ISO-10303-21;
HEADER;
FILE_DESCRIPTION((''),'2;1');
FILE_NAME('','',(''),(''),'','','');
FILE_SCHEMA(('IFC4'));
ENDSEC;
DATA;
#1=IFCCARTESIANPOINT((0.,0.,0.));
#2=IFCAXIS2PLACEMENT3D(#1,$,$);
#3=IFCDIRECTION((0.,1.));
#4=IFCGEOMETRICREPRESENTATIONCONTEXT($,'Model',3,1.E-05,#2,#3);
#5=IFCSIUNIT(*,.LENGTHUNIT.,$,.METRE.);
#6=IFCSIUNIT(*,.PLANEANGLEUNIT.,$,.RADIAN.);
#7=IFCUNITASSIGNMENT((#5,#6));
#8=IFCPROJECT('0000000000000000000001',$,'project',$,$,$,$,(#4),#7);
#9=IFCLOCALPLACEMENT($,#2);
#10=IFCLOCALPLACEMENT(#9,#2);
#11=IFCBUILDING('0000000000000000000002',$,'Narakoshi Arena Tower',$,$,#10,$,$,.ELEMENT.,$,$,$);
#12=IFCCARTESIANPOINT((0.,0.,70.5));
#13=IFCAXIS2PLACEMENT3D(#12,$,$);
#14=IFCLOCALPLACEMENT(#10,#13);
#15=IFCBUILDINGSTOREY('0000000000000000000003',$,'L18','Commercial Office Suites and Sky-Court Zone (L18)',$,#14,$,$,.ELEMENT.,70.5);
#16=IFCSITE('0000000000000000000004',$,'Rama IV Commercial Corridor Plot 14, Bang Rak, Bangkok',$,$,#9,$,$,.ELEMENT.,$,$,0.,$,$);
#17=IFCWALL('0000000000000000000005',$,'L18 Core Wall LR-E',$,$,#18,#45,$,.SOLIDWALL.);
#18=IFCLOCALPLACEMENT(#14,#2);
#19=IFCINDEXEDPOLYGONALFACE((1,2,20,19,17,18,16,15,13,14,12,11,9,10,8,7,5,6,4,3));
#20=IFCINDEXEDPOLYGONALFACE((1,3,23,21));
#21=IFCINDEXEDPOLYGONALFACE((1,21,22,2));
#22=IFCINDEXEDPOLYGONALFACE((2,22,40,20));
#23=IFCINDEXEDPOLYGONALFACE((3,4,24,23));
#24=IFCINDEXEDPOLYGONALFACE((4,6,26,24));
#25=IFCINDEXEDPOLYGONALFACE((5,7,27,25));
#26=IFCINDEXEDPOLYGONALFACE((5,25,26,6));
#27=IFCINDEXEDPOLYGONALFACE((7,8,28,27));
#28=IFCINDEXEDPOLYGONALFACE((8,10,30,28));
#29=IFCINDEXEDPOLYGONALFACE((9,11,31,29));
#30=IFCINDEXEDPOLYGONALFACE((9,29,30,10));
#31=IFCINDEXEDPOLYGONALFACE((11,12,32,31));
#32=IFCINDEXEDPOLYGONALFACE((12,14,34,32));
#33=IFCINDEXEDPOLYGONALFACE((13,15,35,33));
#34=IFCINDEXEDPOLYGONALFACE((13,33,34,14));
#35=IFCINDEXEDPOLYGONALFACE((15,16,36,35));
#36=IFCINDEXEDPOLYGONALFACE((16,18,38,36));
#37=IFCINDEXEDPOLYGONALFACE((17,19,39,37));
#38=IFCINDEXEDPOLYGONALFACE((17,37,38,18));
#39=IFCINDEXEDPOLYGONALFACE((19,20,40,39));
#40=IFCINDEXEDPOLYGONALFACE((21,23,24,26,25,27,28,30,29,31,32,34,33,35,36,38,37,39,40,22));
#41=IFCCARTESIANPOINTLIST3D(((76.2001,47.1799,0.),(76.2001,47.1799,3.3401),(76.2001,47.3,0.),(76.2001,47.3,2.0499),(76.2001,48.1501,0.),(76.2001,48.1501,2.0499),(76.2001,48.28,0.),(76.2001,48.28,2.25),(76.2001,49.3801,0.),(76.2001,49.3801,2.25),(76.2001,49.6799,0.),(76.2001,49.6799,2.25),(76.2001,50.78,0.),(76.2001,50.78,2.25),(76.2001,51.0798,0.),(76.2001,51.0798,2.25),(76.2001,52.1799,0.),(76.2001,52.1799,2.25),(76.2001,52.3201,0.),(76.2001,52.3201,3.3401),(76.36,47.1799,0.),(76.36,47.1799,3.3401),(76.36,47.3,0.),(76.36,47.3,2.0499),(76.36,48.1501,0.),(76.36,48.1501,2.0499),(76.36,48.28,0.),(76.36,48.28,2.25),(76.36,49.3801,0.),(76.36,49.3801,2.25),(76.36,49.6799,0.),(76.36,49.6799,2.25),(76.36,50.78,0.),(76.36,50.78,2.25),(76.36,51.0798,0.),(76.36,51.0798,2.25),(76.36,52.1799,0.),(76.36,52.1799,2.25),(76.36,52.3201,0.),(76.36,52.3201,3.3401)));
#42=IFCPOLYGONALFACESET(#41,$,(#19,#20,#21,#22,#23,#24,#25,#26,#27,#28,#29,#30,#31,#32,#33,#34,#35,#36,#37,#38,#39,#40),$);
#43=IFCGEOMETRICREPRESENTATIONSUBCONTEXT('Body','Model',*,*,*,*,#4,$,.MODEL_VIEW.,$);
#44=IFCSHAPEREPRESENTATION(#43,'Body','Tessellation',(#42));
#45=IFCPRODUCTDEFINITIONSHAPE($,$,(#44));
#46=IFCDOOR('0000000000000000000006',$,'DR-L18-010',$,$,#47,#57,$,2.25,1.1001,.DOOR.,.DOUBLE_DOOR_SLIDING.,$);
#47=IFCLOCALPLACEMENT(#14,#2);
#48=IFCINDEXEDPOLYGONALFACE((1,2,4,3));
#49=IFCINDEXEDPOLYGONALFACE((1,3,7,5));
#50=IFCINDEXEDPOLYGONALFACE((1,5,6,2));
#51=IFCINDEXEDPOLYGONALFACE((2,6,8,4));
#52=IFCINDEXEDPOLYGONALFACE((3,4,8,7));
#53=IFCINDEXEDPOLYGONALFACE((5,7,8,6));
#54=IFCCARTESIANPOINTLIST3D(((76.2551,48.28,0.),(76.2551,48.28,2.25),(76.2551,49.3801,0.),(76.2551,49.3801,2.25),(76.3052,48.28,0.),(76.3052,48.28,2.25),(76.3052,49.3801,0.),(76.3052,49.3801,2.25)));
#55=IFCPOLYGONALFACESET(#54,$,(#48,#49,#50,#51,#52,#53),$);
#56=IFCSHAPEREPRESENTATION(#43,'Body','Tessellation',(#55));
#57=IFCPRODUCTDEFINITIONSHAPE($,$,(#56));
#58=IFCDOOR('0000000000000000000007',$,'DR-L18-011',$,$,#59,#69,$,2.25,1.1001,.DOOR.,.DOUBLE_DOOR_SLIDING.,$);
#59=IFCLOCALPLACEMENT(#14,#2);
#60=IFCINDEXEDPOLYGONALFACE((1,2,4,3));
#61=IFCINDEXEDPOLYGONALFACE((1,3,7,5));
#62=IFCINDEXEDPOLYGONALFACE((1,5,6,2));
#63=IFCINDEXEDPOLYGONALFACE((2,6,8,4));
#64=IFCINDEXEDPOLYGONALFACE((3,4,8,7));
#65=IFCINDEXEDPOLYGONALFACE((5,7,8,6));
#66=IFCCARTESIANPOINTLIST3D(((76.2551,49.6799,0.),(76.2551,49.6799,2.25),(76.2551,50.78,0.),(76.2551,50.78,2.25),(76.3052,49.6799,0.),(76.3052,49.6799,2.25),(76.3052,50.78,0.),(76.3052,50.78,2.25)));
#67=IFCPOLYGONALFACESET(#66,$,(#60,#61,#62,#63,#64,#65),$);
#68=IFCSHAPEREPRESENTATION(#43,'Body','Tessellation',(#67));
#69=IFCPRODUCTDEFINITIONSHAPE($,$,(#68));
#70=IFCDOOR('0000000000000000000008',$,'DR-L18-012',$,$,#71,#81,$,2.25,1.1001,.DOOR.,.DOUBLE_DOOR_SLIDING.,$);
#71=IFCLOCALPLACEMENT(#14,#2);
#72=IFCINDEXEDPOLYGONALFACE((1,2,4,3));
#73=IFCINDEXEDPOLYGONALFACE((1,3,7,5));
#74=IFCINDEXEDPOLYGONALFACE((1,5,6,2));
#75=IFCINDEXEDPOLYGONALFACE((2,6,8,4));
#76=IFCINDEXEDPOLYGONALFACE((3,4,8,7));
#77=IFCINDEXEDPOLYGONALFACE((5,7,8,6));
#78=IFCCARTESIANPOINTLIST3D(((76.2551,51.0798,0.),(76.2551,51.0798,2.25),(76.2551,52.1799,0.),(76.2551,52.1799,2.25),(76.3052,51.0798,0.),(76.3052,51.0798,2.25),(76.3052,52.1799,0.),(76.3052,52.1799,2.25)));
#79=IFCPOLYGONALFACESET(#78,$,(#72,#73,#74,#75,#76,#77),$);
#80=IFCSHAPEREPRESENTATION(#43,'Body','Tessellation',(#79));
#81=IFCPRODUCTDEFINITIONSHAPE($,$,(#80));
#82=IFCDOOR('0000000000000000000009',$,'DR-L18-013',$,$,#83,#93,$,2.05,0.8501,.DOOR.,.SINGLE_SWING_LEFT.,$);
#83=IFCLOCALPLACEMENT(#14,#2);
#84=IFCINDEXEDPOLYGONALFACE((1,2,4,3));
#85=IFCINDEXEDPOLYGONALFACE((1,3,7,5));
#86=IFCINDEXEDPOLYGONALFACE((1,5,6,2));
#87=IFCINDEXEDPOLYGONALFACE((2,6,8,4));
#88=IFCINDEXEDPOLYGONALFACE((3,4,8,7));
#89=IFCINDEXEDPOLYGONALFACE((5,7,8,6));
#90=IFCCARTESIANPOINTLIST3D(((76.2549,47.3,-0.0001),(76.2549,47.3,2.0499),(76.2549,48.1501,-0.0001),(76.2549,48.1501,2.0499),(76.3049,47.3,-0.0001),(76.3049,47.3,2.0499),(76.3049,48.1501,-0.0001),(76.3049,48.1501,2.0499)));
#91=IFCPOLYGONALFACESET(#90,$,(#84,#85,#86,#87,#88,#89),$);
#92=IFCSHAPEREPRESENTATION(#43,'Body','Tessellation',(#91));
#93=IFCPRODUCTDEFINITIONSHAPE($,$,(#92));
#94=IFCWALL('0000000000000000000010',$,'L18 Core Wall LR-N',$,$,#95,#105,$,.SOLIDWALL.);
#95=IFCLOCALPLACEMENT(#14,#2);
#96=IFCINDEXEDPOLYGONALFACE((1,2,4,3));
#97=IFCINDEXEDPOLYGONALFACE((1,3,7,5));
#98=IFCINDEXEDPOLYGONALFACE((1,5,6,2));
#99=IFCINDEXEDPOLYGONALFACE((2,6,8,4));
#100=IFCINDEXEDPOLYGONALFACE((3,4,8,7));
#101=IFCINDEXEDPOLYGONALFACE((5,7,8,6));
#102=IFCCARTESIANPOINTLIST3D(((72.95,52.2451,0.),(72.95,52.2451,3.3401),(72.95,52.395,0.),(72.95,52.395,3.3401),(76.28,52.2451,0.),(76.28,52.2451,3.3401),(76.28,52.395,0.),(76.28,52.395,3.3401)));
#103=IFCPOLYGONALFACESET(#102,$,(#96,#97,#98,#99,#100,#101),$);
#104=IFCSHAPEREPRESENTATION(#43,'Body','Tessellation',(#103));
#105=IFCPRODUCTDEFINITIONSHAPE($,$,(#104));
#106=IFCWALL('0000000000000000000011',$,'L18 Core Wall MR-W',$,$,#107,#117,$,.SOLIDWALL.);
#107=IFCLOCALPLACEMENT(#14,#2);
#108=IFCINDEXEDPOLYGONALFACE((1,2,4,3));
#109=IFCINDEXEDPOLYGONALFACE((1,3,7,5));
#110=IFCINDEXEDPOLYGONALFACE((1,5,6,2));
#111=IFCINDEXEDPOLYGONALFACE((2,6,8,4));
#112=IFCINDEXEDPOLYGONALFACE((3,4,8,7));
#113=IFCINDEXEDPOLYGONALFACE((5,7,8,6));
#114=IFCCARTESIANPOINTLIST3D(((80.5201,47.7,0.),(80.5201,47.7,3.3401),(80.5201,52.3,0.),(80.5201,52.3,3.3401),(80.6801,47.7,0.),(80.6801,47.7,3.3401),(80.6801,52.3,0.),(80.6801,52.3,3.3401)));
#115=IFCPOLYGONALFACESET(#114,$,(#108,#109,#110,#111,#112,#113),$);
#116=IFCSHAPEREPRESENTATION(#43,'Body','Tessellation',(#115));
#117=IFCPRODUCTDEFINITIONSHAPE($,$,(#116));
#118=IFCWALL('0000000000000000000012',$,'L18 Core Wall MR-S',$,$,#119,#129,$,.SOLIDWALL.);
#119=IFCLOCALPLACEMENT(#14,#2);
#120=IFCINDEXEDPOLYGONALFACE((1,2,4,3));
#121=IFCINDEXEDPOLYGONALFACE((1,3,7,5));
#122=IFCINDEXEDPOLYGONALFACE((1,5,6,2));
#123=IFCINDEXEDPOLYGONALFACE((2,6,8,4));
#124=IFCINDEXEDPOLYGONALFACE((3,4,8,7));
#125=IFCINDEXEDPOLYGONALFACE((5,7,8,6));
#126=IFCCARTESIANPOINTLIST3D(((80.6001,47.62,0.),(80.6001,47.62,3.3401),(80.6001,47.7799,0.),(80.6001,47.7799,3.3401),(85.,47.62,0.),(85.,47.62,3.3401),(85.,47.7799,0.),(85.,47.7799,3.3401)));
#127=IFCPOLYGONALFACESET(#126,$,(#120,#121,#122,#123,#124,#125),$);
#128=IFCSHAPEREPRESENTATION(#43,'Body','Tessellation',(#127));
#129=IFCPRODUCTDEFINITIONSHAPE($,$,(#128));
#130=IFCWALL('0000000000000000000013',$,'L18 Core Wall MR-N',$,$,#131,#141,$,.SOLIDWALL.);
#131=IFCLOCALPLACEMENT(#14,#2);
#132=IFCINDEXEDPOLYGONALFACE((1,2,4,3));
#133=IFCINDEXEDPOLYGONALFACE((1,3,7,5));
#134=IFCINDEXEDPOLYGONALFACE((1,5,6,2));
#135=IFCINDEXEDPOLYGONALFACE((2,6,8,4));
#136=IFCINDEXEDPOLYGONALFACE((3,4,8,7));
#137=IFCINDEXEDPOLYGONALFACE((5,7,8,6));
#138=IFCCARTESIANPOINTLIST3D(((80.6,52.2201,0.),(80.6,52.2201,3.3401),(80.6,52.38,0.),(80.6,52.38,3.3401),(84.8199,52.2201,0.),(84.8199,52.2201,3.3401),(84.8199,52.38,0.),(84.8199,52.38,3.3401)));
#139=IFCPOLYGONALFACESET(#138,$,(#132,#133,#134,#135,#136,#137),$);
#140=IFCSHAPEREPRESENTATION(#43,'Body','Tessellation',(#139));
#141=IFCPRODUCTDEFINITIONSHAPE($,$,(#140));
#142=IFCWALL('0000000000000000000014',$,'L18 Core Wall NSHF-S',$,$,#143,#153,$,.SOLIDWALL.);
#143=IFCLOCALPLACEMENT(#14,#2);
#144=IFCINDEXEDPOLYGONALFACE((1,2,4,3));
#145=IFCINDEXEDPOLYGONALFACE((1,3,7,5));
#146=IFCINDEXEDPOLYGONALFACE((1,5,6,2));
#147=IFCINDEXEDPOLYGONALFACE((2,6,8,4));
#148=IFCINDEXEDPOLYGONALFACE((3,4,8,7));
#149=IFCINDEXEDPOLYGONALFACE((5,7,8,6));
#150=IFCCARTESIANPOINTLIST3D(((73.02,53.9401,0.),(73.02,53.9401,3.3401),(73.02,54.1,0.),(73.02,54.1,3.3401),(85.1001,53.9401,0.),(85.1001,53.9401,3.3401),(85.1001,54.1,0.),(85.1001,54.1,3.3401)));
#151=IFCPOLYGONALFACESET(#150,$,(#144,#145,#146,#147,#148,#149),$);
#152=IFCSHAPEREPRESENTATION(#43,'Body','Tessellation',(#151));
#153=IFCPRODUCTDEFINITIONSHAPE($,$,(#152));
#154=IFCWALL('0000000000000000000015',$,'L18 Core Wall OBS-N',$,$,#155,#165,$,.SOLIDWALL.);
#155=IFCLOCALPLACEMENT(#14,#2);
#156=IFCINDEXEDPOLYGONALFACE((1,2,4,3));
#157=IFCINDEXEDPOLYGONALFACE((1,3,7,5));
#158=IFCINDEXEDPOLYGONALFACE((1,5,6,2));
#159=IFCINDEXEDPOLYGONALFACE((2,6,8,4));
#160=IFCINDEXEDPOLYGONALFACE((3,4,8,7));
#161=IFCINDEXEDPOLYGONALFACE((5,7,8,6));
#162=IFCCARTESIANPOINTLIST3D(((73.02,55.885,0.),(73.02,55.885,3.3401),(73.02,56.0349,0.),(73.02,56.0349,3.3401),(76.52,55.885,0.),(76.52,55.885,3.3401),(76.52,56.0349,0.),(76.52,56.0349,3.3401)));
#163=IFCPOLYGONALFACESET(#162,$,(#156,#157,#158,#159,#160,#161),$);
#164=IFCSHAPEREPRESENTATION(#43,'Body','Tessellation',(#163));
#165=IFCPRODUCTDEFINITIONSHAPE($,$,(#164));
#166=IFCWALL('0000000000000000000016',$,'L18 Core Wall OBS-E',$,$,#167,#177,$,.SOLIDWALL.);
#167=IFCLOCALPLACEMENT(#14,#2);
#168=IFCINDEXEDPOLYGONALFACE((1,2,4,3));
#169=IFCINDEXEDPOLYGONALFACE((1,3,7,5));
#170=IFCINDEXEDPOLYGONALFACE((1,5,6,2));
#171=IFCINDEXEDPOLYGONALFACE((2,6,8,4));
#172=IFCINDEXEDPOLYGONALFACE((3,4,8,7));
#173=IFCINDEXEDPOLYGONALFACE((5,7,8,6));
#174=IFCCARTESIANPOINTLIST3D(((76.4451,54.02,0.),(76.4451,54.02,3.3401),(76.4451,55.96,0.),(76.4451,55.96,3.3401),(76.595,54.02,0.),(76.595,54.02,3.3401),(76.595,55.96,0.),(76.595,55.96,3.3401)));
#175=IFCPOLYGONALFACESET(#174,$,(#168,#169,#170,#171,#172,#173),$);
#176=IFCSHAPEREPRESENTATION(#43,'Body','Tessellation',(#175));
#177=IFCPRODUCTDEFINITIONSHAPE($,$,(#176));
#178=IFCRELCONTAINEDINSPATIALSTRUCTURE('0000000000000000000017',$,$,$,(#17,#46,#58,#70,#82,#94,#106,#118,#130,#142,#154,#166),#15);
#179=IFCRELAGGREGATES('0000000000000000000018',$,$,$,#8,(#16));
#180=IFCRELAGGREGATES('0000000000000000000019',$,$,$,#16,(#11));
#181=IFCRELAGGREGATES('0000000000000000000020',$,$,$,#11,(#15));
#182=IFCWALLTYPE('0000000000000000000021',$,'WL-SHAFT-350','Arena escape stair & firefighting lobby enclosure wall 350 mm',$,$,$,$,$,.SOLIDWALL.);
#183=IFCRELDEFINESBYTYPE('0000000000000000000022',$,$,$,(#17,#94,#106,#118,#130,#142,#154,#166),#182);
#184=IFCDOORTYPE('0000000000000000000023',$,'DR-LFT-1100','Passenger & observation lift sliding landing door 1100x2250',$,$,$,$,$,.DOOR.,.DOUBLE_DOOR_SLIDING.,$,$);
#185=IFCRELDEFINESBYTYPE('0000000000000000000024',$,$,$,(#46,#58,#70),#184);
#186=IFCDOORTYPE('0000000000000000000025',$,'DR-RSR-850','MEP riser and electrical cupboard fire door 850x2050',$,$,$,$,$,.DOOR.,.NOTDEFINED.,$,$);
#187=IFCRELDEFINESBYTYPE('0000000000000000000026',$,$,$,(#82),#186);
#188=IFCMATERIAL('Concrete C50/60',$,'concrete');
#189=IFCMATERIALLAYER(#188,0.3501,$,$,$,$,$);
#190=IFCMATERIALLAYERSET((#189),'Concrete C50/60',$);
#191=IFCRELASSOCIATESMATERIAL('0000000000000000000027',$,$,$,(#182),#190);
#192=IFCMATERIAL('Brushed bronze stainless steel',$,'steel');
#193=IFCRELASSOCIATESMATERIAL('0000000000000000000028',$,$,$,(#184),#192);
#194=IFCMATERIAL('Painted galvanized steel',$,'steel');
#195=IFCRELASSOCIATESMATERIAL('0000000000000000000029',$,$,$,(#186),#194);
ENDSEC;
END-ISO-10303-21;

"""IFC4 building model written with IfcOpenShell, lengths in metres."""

from ifc_helpers import new_model, si_unit, direction, frame, frame_2d, origin, place, context, subcontext, project, spatial, rectangle, extrude, material, layer, layer_set, type_object, element, fill, save


model = new_model("IFC4")

# Units and contexts
model_context = context("Model", 3, precision=1e-05, world=origin(), true_north=direction((0.0, 1.0)))
body_context = subcontext(model_context, "Body", "Model", "MODEL_VIEW")
ifc_project = project(units=[si_unit("LENGTHUNIT", "METRE"), si_unit("PLANEANGLEUNIT", "RADIAN")], contexts=[model_context])

# Site, building, storey
site_placement = place(None, origin())
site = spatial("IfcSite", under=ifc_project, at=site_placement, Name="Rama IV Commercial Corridor Plot 14, Bang Rak, Bangkok", CompositionType="ELEMENT", RefElevation=0.0)
building_placement = place(site_placement, origin())
building = spatial("IfcBuilding", under=site, at=building_placement, Name="Narakoshi Arena Tower", CompositionType="ELEMENT")
storey_placement = place(building_placement, frame((0.0, 0.0, 70.5)))
storey = spatial("IfcBuildingStorey", under=building, at=storey_placement, Name="L18", Description="Commercial Office Suites and Sky-Court Zone (L18)", CompositionType="ELEMENT", Elevation=70.5)

# Wall, openings, doors
ifc_material_1 = material(Name="Concrete C50/60", Category="concrete")
ifc_layer_1 = layer(ifc_material_1, 0.3501)
ifc_layer_set_1 = layer_set([ifc_layer_1], Name="Concrete C50/60")
wall_type_1 = type_object("IfcWallType", Name="WL-SHAFT-350", Description="Arena escape stair & firefighting lobby enclosure wall 350 mm", PredefinedType="SOLIDWALL", material=ifc_layer_set_1)
wall_1_placement = place(storey_placement, frame((76.28, 47.1799, 0.0), z_axis=(0.0, 0.0, 1.0), x_axis=(0.0, 1.0, 0.0)))
wall_1 = element("IfcWall", 1, at=wall_1_placement, inside=storey, type_object=wall_type_1, Name="L18 Core Wall LR-E", PredefinedType="SOLIDWALL", context=body_context, shape_type="SweptSolid", body=[
    extrude(rectangle(XDim=5.1401, YDim=0.1599, at=frame_2d((2.5701, 0.0))), origin(), (0.0, 0.0, 1.0), 3.3401),
])
opening_1_placement = place(wall_1_placement, frame((1.1001, 0.0, 0.0)))
opening_1 = element("IfcOpeningElement", 2, at=opening_1_placement, cuts=wall_1, PredefinedType="OPENING", context=body_context, shape_type="SweptSolid", body=[
    extrude(rectangle(XDim=1.1001, YDim=2.25, at=frame_2d((0.55, 1.125))), frame((0.0, 0.0898, 0.0), z_axis=(0.0, -1.0, 0.0), x_axis=(1.0, 0.0, 0.0)), (0.0, 0.0, 1.0), 0.1799),
])
opening_2_placement = place(wall_1_placement, frame((2.5, 0.0, 0.0)))
opening_2 = element("IfcOpeningElement", 3, at=opening_2_placement, cuts=wall_1, PredefinedType="OPENING", context=body_context, shape_type="SweptSolid", body=[
    extrude(rectangle(XDim=1.1001, YDim=2.25, at=frame_2d((0.55, 1.125))), frame((0.0, 0.0898, 0.0), z_axis=(0.0, -1.0, 0.0), x_axis=(1.0, 0.0, 0.0)), (0.0, 0.0, 1.0), 0.1799),
])
opening_3_placement = place(wall_1_placement, frame((3.8999, 0.0, 0.0)))
opening_3 = element("IfcOpeningElement", 4, at=opening_3_placement, cuts=wall_1, PredefinedType="OPENING", context=body_context, shape_type="SweptSolid", body=[
    extrude(rectangle(XDim=1.1001, YDim=2.25, at=frame_2d((0.55, 1.125))), frame((0.0, 0.0898, 0.0), z_axis=(0.0, -1.0, 0.0), x_axis=(1.0, 0.0, 0.0)), (0.0, 0.0, 1.0), 0.1799),
])
opening_4_placement = place(wall_1_placement, frame((0.1201, 0.0, 0.0)))
opening_4 = element("IfcOpeningElement", 5, at=opening_4_placement, cuts=wall_1, PredefinedType="OPENING", context=body_context, shape_type="SweptSolid", body=[
    extrude(rectangle(XDim=0.8501, YDim=2.05, at=frame_2d((0.425, 1.0249))), frame((0.0, 0.0898, 0.0), z_axis=(0.0, -1.0, 0.0), x_axis=(1.0, 0.0, 0.0)), (0.0, 0.0, 1.0), 0.1799),
])
ifc_material_2 = material(Name="Brushed bronze stainless steel", Category="steel")
door_type_1 = type_object("IfcDoorType", Name="DR-LFT-1100", Description="Passenger & observation lift sliding landing door 1100x2250", OperationType="DOUBLE_DOOR_SLIDING", PredefinedType="DOOR", material=ifc_material_2)
door_1_placement = place(opening_1_placement, origin())
door_1 = element("IfcDoor", 6, at=door_1_placement, inside=storey, type_object=door_type_1, Name="DR-L18-010", OperationType="DOUBLE_DOOR_SLIDING", OverallHeight=2.25, OverallWidth=1.1001, PredefinedType="DOOR", context=body_context, shape_type="SweptSolid", body=[
    extrude(rectangle(XDim=1.1001, YDim=2.25, at=frame_2d((0.55, 1.125))), frame((0.0, 0.0249, 0.0), z_axis=(0.0, -1.0, 0.0), x_axis=(1.0, 0.0, 0.0)), (0.0, 0.0, 1.0), 0.05),
])
fill(opening_1, door_1)
door_2_placement = place(opening_2_placement, origin())
door_2 = element("IfcDoor", 7, at=door_2_placement, inside=storey, type_object=door_type_1, Name="DR-L18-011", OperationType="DOUBLE_DOOR_SLIDING", OverallHeight=2.25, OverallWidth=1.1001, PredefinedType="DOOR", context=body_context, shape_type="SweptSolid", body=[
    extrude(rectangle(XDim=1.1001, YDim=2.25, at=frame_2d((0.55, 1.125))), frame((0.0, 0.0249, 0.0), z_axis=(0.0, -1.0, 0.0), x_axis=(1.0, 0.0, 0.0)), (0.0, 0.0, 1.0), 0.05),
])
fill(opening_2, door_2)
door_3_placement = place(opening_3_placement, origin())
door_3 = element("IfcDoor", 8, at=door_3_placement, inside=storey, type_object=door_type_1, Name="DR-L18-012", OperationType="DOUBLE_DOOR_SLIDING", OverallHeight=2.25, OverallWidth=1.1001, PredefinedType="DOOR", context=body_context, shape_type="SweptSolid", body=[
    extrude(rectangle(XDim=1.1001, YDim=2.25, at=frame_2d((0.55, 1.125))), frame((0.0, 0.0249, 0.0), z_axis=(0.0, -1.0, 0.0), x_axis=(1.0, 0.0, 0.0)), (0.0, 0.0, 1.0), 0.05),
])
fill(opening_3, door_3)
ifc_material_3 = material(Name="Painted galvanized steel", Category="steel")
door_type_2 = type_object("IfcDoorType", Name="DR-RSR-850", Description="MEP riser and electrical cupboard fire door 850x2050", OperationType="NOTDEFINED", PredefinedType="DOOR", material=ifc_material_3)
door_4_placement = place(opening_4_placement, frame((0.8501, 0.0, 0.0), z_axis=(0.0, 0.0, 1.0), x_axis=(-1.0, 0.0, 0.0)))
door_4 = element("IfcDoor", 9, at=door_4_placement, inside=storey, type_object=door_type_2, Name="DR-L18-013", OperationType="SINGLE_SWING_LEFT", OverallHeight=2.05, OverallWidth=0.8501, PredefinedType="DOOR", context=body_context, shape_type="SweptSolid", body=[
    extrude(rectangle(XDim=0.8501, YDim=2.05, at=frame_2d((0.425, 1.0249))), frame((0.0, 0.0249, 0.0), z_axis=(0.0, -1.0, 0.0), x_axis=(1.0, 0.0, 0.0)), (0.0, 0.0, 1.0), 0.05),
])
fill(opening_4, door_4)

# Walls
wall_2_placement = place(storey_placement, frame((72.95, 52.3201, 0.0), z_axis=(0.0, 0.0, 1.0), x_axis=(1.0, 0.0, 0.0)))
element("IfcWall", 10, at=wall_2_placement, inside=storey, type_object=wall_type_1, Name="L18 Core Wall LR-N", PredefinedType="SOLIDWALL", context=body_context, shape_type="SweptSolid", body=[
    extrude(rectangle(XDim=3.3301, YDim=0.1499, at=frame_2d((1.665, 0.0))), origin(), (0.0, 0.0, 1.0), 3.3401),
])
wall_3_placement = place(storey_placement, frame((80.6001, 47.7, 0.0), z_axis=(0.0, 0.0, 1.0), x_axis=(0.0, 1.0, 0.0)))
element("IfcWall", 11, at=wall_3_placement, inside=storey, type_object=wall_type_1, Name="L18 Core Wall MR-W", PredefinedType="SOLIDWALL", context=body_context, shape_type="SweptSolid", body=[
    extrude(rectangle(XDim=4.6001, YDim=0.1599, at=frame_2d((2.3, 0.0))), origin(), (0.0, 0.0, 1.0), 3.3401),
])
wall_4_placement = place(storey_placement, frame((80.6001, 47.7, 0.0), z_axis=(0.0, 0.0, 1.0), x_axis=(1.0, 0.0, 0.0)))
element("IfcWall", 12, at=wall_4_placement, inside=storey, type_object=wall_type_1, Name="L18 Core Wall MR-S", PredefinedType="SOLIDWALL", context=body_context, shape_type="SweptSolid", body=[
    extrude(rectangle(XDim=4.3999, YDim=0.1599, at=frame_2d((2.2, 0.0))), origin(), (0.0, 0.0, 1.0), 3.3401),
])
wall_5_placement = place(storey_placement, frame((80.6001, 52.3, 0.0), z_axis=(0.0, 0.0, 1.0), x_axis=(1.0, 0.0, 0.0)))
element("IfcWall", 13, at=wall_5_placement, inside=storey, type_object=wall_type_1, Name="L18 Core Wall MR-N", PredefinedType="SOLIDWALL", context=body_context, shape_type="SweptSolid", body=[
    extrude(rectangle(XDim=4.22, YDim=0.1599, at=frame_2d((2.1099, 0.0))), origin(), (0.0, 0.0, 1.0), 3.3401),
])
wall_6_placement = place(storey_placement, frame((73.02, 54.02, 0.0), z_axis=(0.0, 0.0, 1.0), x_axis=(1.0, 0.0, 0.0)))
element("IfcWall", 14, at=wall_6_placement, inside=storey, type_object=wall_type_1, Name="L18 Core Wall NSHF-S", PredefinedType="SOLIDWALL", context=body_context, shape_type="SweptSolid", body=[
    extrude(rectangle(XDim=12.0801, YDim=0.1599, at=frame_2d((6.04, 0.0))), origin(), (0.0, 0.0, 1.0), 3.3401),
])
wall_7_placement = place(storey_placement, frame((73.02, 55.96, 0.0), z_axis=(0.0, 0.0, 1.0), x_axis=(1.0, 0.0, 0.0)))
element("IfcWall", 15, at=wall_7_placement, inside=storey, type_object=wall_type_1, Name="L18 Core Wall OBS-N", PredefinedType="SOLIDWALL", context=body_context, shape_type="SweptSolid", body=[
    extrude(rectangle(XDim=3.5, YDim=0.1499, at=frame_2d((1.75, 0.0))), origin(), (0.0, 0.0, 1.0), 3.3401),
])
wall_8_placement = place(storey_placement, frame((76.52, 54.02, 0.0), z_axis=(0.0, 0.0, 1.0), x_axis=(0.0, 1.0, 0.0)))
element("IfcWall", 16, at=wall_8_placement, inside=storey, type_object=wall_type_1, Name="L18 Core Wall OBS-E", PredefinedType="SOLIDWALL", context=body_context, shape_type="SweptSolid", body=[
    extrude(rectangle(XDim=1.9399, YDim=0.1499, at=frame_2d((0.97, 0.0))), origin(), (0.0, 0.0, 1.0), 3.3401),
])

save(model, "model.ifc")
